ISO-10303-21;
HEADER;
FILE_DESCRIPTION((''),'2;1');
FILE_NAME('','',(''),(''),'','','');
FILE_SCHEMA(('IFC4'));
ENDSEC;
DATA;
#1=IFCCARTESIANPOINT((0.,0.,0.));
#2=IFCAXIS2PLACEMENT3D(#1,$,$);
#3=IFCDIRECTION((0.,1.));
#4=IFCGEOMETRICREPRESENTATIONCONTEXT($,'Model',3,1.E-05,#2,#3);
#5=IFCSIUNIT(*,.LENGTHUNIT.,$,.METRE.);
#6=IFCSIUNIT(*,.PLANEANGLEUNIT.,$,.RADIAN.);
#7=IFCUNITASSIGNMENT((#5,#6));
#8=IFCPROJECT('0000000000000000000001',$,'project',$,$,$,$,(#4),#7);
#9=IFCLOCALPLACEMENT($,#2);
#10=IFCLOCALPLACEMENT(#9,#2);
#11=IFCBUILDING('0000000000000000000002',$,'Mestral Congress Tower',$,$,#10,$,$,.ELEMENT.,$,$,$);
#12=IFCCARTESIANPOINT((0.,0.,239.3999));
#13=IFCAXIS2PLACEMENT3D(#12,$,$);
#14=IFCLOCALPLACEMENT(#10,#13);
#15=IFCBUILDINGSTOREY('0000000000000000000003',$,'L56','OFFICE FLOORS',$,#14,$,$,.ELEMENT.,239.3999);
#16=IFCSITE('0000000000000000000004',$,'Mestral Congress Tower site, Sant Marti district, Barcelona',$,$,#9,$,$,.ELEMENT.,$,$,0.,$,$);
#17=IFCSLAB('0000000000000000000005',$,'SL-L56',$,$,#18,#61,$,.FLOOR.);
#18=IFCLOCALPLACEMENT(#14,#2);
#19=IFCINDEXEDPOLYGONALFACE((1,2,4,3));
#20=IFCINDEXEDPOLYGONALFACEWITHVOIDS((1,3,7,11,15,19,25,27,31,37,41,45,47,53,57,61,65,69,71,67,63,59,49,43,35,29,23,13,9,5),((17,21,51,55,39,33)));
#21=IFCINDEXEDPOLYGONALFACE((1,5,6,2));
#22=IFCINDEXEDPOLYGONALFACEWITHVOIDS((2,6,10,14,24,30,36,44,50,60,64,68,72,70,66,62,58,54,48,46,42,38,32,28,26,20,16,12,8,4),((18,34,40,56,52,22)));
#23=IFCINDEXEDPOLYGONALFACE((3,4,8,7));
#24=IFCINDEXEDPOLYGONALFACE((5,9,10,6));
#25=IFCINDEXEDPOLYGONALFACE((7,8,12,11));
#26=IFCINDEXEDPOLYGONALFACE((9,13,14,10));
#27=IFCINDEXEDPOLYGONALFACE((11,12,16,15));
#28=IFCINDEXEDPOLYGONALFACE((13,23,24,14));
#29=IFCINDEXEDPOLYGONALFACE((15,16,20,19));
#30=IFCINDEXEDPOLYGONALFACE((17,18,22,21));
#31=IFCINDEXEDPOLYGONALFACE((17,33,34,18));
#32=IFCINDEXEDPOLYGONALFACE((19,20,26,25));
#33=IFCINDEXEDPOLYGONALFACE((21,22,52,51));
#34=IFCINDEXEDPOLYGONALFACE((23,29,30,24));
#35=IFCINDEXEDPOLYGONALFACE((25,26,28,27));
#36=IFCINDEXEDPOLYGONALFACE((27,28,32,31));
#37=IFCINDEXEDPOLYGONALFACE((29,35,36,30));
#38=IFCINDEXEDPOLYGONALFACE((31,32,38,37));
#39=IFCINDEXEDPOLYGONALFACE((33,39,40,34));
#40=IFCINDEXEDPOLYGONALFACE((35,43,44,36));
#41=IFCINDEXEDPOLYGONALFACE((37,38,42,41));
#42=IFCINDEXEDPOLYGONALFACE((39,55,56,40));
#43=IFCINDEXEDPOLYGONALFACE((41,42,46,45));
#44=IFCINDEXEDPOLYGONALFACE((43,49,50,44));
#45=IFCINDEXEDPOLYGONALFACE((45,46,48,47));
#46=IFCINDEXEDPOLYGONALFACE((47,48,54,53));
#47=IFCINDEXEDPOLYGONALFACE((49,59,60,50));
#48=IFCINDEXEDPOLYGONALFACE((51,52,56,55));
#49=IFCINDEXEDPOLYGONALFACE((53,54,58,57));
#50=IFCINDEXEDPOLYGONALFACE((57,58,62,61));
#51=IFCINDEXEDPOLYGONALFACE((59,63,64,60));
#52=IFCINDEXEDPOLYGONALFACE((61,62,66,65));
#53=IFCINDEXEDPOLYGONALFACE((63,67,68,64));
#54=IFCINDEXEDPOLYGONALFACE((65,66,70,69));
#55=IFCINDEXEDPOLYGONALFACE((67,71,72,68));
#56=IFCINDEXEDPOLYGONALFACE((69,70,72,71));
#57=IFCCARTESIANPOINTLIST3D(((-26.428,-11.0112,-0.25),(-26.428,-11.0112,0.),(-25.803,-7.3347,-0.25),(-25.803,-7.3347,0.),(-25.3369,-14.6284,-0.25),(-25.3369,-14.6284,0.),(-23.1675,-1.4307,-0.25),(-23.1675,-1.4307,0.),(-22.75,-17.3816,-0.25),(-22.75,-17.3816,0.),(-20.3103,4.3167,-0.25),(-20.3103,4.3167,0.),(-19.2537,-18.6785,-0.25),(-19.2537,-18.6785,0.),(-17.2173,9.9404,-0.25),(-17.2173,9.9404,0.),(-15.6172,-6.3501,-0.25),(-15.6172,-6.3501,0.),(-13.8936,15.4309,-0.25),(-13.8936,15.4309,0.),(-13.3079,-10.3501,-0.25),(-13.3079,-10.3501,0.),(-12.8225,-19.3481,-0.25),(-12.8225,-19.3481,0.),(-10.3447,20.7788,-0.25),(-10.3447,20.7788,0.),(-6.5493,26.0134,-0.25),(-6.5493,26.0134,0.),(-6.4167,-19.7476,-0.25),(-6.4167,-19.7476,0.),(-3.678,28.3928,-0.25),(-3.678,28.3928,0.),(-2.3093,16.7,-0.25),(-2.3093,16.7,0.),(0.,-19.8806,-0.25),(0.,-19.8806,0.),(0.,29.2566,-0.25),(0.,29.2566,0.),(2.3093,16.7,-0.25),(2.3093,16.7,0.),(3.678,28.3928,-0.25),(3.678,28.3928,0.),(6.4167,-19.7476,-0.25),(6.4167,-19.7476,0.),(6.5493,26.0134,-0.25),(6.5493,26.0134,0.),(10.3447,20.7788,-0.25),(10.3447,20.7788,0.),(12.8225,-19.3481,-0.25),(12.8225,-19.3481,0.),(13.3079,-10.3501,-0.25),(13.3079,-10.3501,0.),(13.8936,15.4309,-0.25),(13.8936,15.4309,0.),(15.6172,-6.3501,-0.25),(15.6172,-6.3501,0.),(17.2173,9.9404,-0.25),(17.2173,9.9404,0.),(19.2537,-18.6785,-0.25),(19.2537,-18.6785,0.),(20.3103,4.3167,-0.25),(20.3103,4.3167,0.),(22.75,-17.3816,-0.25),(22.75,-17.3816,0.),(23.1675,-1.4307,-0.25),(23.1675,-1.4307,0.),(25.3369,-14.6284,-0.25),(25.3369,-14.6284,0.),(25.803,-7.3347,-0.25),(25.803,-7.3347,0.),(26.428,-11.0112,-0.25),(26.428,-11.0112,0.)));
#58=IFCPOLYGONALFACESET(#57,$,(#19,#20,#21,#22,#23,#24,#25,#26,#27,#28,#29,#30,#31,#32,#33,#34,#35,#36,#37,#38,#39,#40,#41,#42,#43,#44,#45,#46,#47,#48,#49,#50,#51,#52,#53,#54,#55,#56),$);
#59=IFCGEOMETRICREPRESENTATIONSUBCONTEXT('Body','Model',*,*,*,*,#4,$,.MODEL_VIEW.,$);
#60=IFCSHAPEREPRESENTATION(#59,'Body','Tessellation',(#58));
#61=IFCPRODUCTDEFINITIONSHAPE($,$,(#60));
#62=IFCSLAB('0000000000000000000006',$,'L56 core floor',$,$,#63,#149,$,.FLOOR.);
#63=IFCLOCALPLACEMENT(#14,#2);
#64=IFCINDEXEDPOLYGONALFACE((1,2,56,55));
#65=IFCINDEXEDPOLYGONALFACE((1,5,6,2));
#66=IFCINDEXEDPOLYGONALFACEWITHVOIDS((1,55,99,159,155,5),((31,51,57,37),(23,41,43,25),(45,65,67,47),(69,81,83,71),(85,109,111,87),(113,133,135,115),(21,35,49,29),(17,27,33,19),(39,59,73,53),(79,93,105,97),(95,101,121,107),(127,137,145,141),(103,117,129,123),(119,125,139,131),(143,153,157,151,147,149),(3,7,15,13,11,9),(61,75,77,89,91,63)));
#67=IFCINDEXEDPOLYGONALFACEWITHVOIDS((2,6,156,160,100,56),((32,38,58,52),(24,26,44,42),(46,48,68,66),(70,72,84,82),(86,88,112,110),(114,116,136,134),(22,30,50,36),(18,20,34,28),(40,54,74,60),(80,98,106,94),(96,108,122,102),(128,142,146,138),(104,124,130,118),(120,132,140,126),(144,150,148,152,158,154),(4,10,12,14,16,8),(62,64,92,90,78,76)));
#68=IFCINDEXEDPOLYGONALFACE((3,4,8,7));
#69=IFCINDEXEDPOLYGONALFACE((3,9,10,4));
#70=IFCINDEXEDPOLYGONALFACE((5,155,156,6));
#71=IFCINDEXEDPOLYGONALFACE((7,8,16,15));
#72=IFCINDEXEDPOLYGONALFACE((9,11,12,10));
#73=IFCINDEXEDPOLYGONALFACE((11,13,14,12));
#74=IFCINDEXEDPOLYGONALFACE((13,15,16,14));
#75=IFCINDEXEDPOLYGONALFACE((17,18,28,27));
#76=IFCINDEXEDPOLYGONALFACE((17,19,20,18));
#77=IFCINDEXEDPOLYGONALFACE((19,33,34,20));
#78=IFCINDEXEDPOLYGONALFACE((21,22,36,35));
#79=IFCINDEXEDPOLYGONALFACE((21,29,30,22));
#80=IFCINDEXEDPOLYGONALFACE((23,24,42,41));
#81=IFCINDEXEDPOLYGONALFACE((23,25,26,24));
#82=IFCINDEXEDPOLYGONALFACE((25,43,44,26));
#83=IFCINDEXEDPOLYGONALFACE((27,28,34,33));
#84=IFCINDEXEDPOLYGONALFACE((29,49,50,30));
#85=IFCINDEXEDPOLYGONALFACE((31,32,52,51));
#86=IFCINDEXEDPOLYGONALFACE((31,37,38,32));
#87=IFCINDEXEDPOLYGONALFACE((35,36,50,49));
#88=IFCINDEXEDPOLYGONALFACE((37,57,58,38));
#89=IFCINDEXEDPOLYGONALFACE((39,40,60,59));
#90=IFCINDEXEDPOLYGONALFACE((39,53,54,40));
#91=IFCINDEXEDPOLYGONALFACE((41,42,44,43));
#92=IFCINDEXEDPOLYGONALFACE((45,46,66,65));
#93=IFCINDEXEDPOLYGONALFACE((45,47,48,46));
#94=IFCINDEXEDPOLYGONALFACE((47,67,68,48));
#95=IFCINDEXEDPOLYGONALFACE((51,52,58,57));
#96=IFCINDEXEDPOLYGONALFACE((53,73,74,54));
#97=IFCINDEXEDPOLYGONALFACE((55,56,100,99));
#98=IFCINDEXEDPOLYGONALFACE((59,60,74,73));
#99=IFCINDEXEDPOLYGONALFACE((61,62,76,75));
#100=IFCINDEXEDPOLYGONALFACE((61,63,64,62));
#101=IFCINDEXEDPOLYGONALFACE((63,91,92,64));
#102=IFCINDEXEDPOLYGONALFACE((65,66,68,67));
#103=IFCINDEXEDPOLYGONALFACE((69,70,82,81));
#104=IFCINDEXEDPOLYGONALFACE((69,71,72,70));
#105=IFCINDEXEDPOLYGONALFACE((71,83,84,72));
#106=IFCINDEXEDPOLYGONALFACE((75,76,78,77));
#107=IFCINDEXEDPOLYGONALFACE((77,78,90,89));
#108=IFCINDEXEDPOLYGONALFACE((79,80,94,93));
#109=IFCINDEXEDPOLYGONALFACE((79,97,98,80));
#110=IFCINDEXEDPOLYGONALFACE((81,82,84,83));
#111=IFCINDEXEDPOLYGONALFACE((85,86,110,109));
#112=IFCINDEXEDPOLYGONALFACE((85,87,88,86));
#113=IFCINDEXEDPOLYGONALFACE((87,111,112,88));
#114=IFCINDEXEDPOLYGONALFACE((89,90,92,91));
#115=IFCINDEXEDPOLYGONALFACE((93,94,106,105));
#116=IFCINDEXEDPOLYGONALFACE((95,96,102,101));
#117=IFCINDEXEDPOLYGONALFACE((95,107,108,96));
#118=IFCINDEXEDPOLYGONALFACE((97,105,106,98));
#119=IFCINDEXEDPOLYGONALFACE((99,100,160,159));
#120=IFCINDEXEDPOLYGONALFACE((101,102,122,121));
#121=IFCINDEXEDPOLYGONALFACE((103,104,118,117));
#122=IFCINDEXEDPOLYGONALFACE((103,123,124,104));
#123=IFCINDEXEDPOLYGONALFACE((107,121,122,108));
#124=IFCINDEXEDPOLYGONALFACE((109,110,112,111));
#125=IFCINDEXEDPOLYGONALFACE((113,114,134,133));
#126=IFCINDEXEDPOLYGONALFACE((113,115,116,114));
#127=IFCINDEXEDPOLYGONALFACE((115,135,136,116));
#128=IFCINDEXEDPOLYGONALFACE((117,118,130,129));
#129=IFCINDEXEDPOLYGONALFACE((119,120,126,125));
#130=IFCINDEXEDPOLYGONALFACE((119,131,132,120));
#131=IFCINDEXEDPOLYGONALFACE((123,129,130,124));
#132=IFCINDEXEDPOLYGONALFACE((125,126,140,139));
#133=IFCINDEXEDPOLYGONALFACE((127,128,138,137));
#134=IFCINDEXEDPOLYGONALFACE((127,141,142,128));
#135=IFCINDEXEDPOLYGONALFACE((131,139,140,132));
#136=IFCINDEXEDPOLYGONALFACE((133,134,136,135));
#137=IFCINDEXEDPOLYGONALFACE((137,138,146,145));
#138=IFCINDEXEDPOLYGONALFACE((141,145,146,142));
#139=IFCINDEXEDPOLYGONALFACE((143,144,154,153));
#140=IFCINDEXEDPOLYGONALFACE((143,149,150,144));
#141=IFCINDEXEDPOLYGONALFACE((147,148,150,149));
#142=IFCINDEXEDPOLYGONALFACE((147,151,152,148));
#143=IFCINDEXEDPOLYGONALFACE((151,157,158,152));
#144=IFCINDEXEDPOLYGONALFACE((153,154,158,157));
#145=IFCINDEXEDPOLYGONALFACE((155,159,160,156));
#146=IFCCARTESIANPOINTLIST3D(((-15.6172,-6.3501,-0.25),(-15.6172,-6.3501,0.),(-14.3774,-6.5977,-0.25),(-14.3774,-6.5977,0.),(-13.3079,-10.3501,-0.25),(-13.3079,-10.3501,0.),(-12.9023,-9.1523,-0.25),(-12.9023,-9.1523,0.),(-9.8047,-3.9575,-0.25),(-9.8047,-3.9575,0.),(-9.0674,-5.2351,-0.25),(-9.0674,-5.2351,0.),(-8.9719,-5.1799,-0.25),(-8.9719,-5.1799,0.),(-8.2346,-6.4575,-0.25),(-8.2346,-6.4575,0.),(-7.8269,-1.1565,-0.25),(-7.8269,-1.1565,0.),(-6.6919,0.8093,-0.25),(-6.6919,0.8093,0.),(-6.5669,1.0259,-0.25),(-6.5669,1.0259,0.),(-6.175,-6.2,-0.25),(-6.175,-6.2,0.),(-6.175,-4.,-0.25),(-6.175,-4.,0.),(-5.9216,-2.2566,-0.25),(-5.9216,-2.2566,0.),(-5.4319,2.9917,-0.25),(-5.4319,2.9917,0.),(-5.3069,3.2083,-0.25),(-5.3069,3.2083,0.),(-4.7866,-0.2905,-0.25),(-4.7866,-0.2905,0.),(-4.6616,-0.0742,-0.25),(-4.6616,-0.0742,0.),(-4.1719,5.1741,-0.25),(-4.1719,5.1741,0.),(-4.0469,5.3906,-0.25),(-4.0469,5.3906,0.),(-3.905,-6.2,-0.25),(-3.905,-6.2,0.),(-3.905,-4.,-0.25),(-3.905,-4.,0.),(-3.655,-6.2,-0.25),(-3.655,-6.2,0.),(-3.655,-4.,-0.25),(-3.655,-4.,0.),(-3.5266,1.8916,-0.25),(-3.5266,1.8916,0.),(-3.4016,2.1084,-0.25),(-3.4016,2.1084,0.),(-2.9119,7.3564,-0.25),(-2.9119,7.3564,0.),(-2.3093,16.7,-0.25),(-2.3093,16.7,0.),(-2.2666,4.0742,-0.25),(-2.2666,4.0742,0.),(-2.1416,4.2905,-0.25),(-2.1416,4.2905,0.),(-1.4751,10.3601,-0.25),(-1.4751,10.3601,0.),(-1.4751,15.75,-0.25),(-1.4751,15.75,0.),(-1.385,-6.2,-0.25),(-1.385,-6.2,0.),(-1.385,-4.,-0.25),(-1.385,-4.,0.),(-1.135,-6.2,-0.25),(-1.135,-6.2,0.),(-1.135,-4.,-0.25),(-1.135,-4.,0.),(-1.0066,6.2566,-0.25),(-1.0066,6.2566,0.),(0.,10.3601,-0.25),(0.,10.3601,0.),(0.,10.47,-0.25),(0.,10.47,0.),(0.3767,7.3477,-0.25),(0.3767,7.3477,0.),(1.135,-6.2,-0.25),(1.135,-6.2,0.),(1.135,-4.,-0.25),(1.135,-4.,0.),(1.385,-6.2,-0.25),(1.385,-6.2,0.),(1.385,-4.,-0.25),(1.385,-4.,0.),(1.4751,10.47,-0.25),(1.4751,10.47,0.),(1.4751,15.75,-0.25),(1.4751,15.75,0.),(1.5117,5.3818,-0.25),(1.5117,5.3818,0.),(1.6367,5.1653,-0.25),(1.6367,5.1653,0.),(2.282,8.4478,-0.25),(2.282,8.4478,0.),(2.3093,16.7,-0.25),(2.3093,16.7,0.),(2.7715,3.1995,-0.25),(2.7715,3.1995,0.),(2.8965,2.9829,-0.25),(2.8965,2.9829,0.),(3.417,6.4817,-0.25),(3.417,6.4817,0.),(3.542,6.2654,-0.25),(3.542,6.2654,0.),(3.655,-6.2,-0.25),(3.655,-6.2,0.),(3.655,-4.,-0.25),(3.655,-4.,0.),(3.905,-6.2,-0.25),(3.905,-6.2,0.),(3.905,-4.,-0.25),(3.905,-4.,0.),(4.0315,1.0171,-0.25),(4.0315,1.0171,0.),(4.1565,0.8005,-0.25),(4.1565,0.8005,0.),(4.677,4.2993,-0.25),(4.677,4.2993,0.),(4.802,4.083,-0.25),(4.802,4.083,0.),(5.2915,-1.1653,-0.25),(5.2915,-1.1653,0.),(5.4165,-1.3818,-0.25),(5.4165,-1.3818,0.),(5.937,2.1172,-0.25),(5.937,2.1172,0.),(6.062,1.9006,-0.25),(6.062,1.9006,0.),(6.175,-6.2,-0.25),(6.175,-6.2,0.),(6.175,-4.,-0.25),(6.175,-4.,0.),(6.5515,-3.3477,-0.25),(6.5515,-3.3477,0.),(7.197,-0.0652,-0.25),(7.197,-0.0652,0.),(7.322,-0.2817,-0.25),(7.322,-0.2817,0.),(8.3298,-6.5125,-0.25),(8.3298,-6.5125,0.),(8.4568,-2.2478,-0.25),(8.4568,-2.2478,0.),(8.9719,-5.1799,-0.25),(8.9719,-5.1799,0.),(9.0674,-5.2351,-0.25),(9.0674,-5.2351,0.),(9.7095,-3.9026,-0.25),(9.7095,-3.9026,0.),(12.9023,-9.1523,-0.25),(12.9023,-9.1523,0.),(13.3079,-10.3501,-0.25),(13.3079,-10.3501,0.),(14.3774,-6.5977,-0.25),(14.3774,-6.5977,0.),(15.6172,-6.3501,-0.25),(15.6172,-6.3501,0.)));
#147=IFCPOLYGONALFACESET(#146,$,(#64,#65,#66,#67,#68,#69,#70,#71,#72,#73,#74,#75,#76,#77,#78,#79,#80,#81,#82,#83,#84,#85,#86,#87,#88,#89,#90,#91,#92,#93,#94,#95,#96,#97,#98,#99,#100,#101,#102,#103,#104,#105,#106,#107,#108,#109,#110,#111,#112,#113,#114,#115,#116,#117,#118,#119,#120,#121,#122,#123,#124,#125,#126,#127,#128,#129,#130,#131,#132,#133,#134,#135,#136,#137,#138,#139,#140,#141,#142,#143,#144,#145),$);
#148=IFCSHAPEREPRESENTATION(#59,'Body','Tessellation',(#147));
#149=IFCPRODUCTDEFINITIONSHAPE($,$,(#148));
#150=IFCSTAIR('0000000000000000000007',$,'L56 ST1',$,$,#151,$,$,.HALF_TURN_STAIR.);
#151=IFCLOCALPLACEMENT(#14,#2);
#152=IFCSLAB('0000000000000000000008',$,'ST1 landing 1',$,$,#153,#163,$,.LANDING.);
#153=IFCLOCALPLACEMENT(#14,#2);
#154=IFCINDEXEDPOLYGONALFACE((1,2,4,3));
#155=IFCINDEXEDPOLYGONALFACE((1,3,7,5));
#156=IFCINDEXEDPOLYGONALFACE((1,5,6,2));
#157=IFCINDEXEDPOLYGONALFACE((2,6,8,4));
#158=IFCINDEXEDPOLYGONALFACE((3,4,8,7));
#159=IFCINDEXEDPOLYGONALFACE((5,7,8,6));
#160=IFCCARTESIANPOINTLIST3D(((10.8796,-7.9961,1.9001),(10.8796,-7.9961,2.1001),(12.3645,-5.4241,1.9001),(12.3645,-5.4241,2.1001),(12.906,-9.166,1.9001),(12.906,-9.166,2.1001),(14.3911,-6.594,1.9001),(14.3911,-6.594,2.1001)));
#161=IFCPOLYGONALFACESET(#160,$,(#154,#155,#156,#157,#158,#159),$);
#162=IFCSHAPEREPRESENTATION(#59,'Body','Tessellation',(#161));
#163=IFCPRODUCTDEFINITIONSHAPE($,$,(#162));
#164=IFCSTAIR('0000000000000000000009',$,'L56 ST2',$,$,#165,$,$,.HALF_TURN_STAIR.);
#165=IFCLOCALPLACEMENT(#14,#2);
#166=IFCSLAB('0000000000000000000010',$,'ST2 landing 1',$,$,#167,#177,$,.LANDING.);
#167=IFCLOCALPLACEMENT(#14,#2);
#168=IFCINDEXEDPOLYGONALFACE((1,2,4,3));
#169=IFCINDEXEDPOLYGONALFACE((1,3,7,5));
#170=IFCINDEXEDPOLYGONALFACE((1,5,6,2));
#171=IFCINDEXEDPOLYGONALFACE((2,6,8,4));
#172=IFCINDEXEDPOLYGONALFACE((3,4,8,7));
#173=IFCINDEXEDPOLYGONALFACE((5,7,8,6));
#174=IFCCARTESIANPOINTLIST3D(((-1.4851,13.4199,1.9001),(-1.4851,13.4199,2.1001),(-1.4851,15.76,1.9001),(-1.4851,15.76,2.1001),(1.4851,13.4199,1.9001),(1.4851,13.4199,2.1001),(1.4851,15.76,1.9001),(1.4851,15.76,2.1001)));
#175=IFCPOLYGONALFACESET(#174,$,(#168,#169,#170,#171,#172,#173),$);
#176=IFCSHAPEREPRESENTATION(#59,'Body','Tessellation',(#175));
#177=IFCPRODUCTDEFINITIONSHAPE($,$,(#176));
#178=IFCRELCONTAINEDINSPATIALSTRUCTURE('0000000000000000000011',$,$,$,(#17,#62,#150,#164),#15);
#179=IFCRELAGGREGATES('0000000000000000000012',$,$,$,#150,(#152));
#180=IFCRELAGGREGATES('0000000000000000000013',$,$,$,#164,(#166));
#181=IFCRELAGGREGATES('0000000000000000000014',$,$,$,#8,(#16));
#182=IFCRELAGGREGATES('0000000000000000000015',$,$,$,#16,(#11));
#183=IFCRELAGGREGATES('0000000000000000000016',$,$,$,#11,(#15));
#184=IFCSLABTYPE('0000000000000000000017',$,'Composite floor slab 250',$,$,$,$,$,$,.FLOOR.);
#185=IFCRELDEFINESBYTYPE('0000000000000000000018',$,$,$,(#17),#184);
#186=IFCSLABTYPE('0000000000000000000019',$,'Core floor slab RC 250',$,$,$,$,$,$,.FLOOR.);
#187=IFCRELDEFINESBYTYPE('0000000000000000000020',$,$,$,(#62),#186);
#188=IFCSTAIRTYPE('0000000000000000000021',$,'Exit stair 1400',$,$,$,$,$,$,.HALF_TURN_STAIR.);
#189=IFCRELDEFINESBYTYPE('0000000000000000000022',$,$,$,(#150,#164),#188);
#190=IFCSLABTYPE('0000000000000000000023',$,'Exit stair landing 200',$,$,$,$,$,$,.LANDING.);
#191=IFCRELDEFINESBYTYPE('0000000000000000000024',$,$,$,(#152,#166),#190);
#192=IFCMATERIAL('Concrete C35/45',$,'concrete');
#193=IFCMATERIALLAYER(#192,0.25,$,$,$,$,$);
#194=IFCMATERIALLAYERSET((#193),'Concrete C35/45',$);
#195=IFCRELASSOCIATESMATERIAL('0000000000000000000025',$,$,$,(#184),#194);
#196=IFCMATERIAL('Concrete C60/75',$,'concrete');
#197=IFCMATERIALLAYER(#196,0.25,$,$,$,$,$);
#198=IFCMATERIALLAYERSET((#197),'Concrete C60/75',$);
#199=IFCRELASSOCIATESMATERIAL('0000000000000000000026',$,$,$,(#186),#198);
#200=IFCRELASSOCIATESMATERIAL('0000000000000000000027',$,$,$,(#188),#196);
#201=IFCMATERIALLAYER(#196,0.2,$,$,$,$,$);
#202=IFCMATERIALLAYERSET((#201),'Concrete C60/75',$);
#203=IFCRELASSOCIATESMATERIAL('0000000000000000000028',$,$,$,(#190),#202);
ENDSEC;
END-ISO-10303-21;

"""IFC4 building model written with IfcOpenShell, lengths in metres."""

from ifc_helpers import new_model, si_unit, direction, frame, origin, place, context, subcontext, project, spatial, polyline, outline, extrude, material, layer, layer_set, type_object, element, aggregate, save


model = new_model("IFC4")

# Units and contexts
model_context = context("Model", 3, precision=1e-05, world=origin(), true_north=direction((0.0, 1.0)))
body_context = subcontext(model_context, "Body", "Model", "MODEL_VIEW")
ifc_project = project(units=[si_unit("LENGTHUNIT", "METRE"), si_unit("PLANEANGLEUNIT", "RADIAN")], contexts=[model_context])

# Site, building, storey
site_placement = place(None, origin())
site = spatial("IfcSite", under=ifc_project, at=site_placement, Name="Mestral Congress Tower site, Sant Marti district, Barcelona", CompositionType="ELEMENT", RefElevation=0.0)
building_placement = place(site_placement, origin())
building = spatial("IfcBuilding", under=site, at=building_placement, Name="Mestral Congress Tower", CompositionType="ELEMENT")
storey_placement = place(building_placement, frame((0.0, 0.0, 239.3999)))
storey = spatial("IfcBuildingStorey", under=building, at=storey_placement, Name="L56", Description="OFFICE FLOORS", CompositionType="ELEMENT", Elevation=239.3999)

# Slabs
ifc_material_1 = material(Name="Concrete C35/45", Category="concrete")
ifc_layer_1 = layer(ifc_material_1, 0.25)
ifc_layer_set_1 = layer_set([ifc_layer_1], Name="Concrete C35/45")
slab_type_1 = type_object("IfcSlabType", Name="Composite floor slab 250", PredefinedType="FLOOR", material=ifc_layer_set_1)
placement_1 = place(storey_placement, frame((0.0, 0.0, -0.25)))
element("IfcSlab", 1, at=placement_1, inside=storey, type_object=slab_type_1, Name="SL-L56", PredefinedType="FLOOR", context=body_context, shape_type="SweptSolid", body=[
    extrude(outline(polyline([(-19.2537, -18.6785), (-22.75, -17.3816), (-25.3369, -14.6284), (-26.428, -11.0112), (-25.803, -7.3347), (-23.1675, -1.4307), (-20.3103, 4.3167), (-17.2173, 9.9404), (-13.8936, 15.4309), (-10.3447, 20.7788), (-6.5493, 26.0134), (-3.678, 28.3928), (0.0, 29.2566), (3.678, 28.3928), (6.5493, 26.0134), (10.3447, 20.7788), (13.8936, 15.4309), (17.2173, 9.9404), (20.3103, 4.3167), (23.1675, -1.4307), (25.803, -7.3347), (26.428, -11.0112), (25.3369, -14.6284), (22.75, -17.3816), (19.2537, -18.6785), (12.8225, -19.3481), (6.4167, -19.7476), (0.0, -19.8806), (-6.4167, -19.7476), (-12.8225, -19.3481), (-19.2537, -18.6785)]), holes=[polyline([(-2.3093, 16.7), (-15.6172, -6.3501), (-13.3079, -10.3501), (13.3079, -10.3501), (15.6172, -6.3501), (2.3093, 16.7), (-2.3093, 16.7)])]), origin(), (0.0, 0.0, 1.0), 0.25),
])
ifc_material_2 = material(Name="Concrete C60/75", Category="concrete")
ifc_layer_2 = layer(ifc_material_2, 0.25)
ifc_layer_set_2 = layer_set([ifc_layer_2], Name="Concrete C60/75")
slab_type_2 = type_object("IfcSlabType", Name="Core floor slab RC 250", PredefinedType="FLOOR", material=ifc_layer_set_2)
element("IfcSlab", 2, at=placement_1, inside=storey, type_object=slab_type_2, Name="L56 core floor", PredefinedType="FLOOR", context=body_context, shape_type="SweptSolid", body=[
    extrude(outline(polyline([(13.3079, -10.3501), (-13.3079, -10.3501), (-15.6172, -6.3501), (-2.3093, 16.7), (2.3093, 16.7), (15.6172, -6.3501), (13.3079, -10.3501)]), holes=[polyline([(-9.8047, -3.9575), (-14.3774, -6.5977), (-12.9023, -9.1523), (-8.2346, -6.4575), (-8.9719, -5.1799), (-9.0674, -5.2351), (-9.8047, -3.9575)]), polyline([(-3.905, -4.0), (-6.175, -4.0), (-6.175, -6.2), (-3.905, -6.2), (-3.905, -4.0)]), polyline([(-1.385, -4.0), (-3.655, -4.0), (-3.655, -6.2), (-1.385, -6.2), (-1.385, -4.0)]), polyline([(1.135, -4.0), (-1.135, -4.0), (-1.135, -6.2), (1.135, -6.2), (1.135, -4.0)]), polyline([(-5.9216, -2.2566), (-4.7866, -0.2905), (-6.6919, 0.8093), (-7.8269, -1.1565), (-5.9216, -2.2566)]), polyline([(-4.6616, -0.0742), (-3.5266, 1.8916), (-5.4319, 2.9917), (-6.5669, 1.0259), (-4.6616, -0.0742)]), polyline([(-3.4016, 2.1084), (-2.2666, 4.0742), (-4.1719, 5.1741), (-5.3069, 3.2083), (-3.4016, 2.1084)]), polyline([(-2.1416, 4.2905), (-1.0066, 6.2566), (-2.9119, 7.3564), (-4.0469, 5.3906), (-2.1416, 4.2905)]), polyline([(1.4751, 10.47), (1.4751, 15.75), (-1.4751, 15.75), (-1.4751, 10.3601), (0.0, 10.3601), (0.0, 10.47), (1.4751, 10.47)]), polyline([(8.3298, -6.5125), (12.9023, -9.1523), (14.3774, -6.5977), (9.7095, -3.9026), (8.9719, -5.1799), (9.0674, -5.2351), (8.3298, -6.5125)]), polyline([(3.655, -4.0), (1.385, -4.0), (1.385, -6.2), (3.655, -6.2), (3.655, -4.0)]), polyline([(6.175, -4.0), (3.905, -4.0), (3.905, -6.2), (6.175, -6.2), (6.175, -4.0)]), polyline([(5.4165, -1.3818), (6.5515, -3.3477), (8.4568, -2.2478), (7.322, -0.2817), (5.4165, -1.3818)]), polyline([(4.1565, 0.8005), (5.2915, -1.1653), (7.197, -0.0652), (6.062, 1.9006), (4.1565, 0.8005)]), polyline([(2.8965, 2.9829), (4.0315, 1.0171), (5.937, 2.1172), (4.802, 4.083), (2.8965, 2.9829)]), polyline([(3.542, 6.2654), (1.6367, 5.1653), (2.7715, 3.1995), (4.677, 4.2993), (3.542, 6.2654)]), polyline([(2.282, 8.4478), (0.3767, 7.3477), (1.5117, 5.3818), (3.417, 6.4817), (2.282, 8.4478)])]), origin(), (0.0, 0.0, 1.0), 0.25),
])

# Stairs, slabs
stair_type = type_object("IfcStairType", Name="Exit stair 1400", PredefinedType="HALF_TURN_STAIR", material=ifc_material_2)
placement_2 = place(storey_placement, origin())
stair_1 = element("IfcStair", 3, at=placement_2, inside=storey, type_object=stair_type, Name="L56 ST1", PredefinedType="HALF_TURN_STAIR")
ifc_layer_3 = layer(ifc_material_2, 0.2)
ifc_layer_set_3 = layer_set([ifc_layer_3], Name="Concrete C60/75")
slab_type_3 = type_object("IfcSlabType", Name="Exit stair landing 200", PredefinedType="LANDING", material=ifc_layer_set_3)
placement_3 = place(storey_placement, frame((0.0, 0.0, 1.9001)))
slab_1 = element("IfcSlab", 4, at=placement_3, type_object=slab_type_3, Name="ST1 landing 1", PredefinedType="LANDING", context=body_context, shape_type="SweptSolid", body=[
    extrude(outline(polyline([(10.8796, -7.9961), (12.3645, -5.4241), (14.3911, -6.594), (12.906, -9.166), (10.8796, -7.9961)])), origin(), (0.0, 0.0, 1.0), 0.2),
])
aggregate(stair_1, [slab_1])
stair_2 = element("IfcStair", 5, at=placement_2, inside=storey, type_object=stair_type, Name="L56 ST2", PredefinedType="HALF_TURN_STAIR")
slab_2 = element("IfcSlab", 6, at=placement_3, type_object=slab_type_3, Name="ST2 landing 1", PredefinedType="LANDING", context=body_context, shape_type="SweptSolid", body=[
    extrude(outline(polyline([(1.4851, 13.4199), (-1.4851, 13.4199), (-1.4851, 15.76), (1.4851, 15.76), (1.4851, 13.4199)])), origin(), (0.0, 0.0, 1.0), 0.2),
])
aggregate(stair_2, [slab_2])

save(model, "model.ifc")
